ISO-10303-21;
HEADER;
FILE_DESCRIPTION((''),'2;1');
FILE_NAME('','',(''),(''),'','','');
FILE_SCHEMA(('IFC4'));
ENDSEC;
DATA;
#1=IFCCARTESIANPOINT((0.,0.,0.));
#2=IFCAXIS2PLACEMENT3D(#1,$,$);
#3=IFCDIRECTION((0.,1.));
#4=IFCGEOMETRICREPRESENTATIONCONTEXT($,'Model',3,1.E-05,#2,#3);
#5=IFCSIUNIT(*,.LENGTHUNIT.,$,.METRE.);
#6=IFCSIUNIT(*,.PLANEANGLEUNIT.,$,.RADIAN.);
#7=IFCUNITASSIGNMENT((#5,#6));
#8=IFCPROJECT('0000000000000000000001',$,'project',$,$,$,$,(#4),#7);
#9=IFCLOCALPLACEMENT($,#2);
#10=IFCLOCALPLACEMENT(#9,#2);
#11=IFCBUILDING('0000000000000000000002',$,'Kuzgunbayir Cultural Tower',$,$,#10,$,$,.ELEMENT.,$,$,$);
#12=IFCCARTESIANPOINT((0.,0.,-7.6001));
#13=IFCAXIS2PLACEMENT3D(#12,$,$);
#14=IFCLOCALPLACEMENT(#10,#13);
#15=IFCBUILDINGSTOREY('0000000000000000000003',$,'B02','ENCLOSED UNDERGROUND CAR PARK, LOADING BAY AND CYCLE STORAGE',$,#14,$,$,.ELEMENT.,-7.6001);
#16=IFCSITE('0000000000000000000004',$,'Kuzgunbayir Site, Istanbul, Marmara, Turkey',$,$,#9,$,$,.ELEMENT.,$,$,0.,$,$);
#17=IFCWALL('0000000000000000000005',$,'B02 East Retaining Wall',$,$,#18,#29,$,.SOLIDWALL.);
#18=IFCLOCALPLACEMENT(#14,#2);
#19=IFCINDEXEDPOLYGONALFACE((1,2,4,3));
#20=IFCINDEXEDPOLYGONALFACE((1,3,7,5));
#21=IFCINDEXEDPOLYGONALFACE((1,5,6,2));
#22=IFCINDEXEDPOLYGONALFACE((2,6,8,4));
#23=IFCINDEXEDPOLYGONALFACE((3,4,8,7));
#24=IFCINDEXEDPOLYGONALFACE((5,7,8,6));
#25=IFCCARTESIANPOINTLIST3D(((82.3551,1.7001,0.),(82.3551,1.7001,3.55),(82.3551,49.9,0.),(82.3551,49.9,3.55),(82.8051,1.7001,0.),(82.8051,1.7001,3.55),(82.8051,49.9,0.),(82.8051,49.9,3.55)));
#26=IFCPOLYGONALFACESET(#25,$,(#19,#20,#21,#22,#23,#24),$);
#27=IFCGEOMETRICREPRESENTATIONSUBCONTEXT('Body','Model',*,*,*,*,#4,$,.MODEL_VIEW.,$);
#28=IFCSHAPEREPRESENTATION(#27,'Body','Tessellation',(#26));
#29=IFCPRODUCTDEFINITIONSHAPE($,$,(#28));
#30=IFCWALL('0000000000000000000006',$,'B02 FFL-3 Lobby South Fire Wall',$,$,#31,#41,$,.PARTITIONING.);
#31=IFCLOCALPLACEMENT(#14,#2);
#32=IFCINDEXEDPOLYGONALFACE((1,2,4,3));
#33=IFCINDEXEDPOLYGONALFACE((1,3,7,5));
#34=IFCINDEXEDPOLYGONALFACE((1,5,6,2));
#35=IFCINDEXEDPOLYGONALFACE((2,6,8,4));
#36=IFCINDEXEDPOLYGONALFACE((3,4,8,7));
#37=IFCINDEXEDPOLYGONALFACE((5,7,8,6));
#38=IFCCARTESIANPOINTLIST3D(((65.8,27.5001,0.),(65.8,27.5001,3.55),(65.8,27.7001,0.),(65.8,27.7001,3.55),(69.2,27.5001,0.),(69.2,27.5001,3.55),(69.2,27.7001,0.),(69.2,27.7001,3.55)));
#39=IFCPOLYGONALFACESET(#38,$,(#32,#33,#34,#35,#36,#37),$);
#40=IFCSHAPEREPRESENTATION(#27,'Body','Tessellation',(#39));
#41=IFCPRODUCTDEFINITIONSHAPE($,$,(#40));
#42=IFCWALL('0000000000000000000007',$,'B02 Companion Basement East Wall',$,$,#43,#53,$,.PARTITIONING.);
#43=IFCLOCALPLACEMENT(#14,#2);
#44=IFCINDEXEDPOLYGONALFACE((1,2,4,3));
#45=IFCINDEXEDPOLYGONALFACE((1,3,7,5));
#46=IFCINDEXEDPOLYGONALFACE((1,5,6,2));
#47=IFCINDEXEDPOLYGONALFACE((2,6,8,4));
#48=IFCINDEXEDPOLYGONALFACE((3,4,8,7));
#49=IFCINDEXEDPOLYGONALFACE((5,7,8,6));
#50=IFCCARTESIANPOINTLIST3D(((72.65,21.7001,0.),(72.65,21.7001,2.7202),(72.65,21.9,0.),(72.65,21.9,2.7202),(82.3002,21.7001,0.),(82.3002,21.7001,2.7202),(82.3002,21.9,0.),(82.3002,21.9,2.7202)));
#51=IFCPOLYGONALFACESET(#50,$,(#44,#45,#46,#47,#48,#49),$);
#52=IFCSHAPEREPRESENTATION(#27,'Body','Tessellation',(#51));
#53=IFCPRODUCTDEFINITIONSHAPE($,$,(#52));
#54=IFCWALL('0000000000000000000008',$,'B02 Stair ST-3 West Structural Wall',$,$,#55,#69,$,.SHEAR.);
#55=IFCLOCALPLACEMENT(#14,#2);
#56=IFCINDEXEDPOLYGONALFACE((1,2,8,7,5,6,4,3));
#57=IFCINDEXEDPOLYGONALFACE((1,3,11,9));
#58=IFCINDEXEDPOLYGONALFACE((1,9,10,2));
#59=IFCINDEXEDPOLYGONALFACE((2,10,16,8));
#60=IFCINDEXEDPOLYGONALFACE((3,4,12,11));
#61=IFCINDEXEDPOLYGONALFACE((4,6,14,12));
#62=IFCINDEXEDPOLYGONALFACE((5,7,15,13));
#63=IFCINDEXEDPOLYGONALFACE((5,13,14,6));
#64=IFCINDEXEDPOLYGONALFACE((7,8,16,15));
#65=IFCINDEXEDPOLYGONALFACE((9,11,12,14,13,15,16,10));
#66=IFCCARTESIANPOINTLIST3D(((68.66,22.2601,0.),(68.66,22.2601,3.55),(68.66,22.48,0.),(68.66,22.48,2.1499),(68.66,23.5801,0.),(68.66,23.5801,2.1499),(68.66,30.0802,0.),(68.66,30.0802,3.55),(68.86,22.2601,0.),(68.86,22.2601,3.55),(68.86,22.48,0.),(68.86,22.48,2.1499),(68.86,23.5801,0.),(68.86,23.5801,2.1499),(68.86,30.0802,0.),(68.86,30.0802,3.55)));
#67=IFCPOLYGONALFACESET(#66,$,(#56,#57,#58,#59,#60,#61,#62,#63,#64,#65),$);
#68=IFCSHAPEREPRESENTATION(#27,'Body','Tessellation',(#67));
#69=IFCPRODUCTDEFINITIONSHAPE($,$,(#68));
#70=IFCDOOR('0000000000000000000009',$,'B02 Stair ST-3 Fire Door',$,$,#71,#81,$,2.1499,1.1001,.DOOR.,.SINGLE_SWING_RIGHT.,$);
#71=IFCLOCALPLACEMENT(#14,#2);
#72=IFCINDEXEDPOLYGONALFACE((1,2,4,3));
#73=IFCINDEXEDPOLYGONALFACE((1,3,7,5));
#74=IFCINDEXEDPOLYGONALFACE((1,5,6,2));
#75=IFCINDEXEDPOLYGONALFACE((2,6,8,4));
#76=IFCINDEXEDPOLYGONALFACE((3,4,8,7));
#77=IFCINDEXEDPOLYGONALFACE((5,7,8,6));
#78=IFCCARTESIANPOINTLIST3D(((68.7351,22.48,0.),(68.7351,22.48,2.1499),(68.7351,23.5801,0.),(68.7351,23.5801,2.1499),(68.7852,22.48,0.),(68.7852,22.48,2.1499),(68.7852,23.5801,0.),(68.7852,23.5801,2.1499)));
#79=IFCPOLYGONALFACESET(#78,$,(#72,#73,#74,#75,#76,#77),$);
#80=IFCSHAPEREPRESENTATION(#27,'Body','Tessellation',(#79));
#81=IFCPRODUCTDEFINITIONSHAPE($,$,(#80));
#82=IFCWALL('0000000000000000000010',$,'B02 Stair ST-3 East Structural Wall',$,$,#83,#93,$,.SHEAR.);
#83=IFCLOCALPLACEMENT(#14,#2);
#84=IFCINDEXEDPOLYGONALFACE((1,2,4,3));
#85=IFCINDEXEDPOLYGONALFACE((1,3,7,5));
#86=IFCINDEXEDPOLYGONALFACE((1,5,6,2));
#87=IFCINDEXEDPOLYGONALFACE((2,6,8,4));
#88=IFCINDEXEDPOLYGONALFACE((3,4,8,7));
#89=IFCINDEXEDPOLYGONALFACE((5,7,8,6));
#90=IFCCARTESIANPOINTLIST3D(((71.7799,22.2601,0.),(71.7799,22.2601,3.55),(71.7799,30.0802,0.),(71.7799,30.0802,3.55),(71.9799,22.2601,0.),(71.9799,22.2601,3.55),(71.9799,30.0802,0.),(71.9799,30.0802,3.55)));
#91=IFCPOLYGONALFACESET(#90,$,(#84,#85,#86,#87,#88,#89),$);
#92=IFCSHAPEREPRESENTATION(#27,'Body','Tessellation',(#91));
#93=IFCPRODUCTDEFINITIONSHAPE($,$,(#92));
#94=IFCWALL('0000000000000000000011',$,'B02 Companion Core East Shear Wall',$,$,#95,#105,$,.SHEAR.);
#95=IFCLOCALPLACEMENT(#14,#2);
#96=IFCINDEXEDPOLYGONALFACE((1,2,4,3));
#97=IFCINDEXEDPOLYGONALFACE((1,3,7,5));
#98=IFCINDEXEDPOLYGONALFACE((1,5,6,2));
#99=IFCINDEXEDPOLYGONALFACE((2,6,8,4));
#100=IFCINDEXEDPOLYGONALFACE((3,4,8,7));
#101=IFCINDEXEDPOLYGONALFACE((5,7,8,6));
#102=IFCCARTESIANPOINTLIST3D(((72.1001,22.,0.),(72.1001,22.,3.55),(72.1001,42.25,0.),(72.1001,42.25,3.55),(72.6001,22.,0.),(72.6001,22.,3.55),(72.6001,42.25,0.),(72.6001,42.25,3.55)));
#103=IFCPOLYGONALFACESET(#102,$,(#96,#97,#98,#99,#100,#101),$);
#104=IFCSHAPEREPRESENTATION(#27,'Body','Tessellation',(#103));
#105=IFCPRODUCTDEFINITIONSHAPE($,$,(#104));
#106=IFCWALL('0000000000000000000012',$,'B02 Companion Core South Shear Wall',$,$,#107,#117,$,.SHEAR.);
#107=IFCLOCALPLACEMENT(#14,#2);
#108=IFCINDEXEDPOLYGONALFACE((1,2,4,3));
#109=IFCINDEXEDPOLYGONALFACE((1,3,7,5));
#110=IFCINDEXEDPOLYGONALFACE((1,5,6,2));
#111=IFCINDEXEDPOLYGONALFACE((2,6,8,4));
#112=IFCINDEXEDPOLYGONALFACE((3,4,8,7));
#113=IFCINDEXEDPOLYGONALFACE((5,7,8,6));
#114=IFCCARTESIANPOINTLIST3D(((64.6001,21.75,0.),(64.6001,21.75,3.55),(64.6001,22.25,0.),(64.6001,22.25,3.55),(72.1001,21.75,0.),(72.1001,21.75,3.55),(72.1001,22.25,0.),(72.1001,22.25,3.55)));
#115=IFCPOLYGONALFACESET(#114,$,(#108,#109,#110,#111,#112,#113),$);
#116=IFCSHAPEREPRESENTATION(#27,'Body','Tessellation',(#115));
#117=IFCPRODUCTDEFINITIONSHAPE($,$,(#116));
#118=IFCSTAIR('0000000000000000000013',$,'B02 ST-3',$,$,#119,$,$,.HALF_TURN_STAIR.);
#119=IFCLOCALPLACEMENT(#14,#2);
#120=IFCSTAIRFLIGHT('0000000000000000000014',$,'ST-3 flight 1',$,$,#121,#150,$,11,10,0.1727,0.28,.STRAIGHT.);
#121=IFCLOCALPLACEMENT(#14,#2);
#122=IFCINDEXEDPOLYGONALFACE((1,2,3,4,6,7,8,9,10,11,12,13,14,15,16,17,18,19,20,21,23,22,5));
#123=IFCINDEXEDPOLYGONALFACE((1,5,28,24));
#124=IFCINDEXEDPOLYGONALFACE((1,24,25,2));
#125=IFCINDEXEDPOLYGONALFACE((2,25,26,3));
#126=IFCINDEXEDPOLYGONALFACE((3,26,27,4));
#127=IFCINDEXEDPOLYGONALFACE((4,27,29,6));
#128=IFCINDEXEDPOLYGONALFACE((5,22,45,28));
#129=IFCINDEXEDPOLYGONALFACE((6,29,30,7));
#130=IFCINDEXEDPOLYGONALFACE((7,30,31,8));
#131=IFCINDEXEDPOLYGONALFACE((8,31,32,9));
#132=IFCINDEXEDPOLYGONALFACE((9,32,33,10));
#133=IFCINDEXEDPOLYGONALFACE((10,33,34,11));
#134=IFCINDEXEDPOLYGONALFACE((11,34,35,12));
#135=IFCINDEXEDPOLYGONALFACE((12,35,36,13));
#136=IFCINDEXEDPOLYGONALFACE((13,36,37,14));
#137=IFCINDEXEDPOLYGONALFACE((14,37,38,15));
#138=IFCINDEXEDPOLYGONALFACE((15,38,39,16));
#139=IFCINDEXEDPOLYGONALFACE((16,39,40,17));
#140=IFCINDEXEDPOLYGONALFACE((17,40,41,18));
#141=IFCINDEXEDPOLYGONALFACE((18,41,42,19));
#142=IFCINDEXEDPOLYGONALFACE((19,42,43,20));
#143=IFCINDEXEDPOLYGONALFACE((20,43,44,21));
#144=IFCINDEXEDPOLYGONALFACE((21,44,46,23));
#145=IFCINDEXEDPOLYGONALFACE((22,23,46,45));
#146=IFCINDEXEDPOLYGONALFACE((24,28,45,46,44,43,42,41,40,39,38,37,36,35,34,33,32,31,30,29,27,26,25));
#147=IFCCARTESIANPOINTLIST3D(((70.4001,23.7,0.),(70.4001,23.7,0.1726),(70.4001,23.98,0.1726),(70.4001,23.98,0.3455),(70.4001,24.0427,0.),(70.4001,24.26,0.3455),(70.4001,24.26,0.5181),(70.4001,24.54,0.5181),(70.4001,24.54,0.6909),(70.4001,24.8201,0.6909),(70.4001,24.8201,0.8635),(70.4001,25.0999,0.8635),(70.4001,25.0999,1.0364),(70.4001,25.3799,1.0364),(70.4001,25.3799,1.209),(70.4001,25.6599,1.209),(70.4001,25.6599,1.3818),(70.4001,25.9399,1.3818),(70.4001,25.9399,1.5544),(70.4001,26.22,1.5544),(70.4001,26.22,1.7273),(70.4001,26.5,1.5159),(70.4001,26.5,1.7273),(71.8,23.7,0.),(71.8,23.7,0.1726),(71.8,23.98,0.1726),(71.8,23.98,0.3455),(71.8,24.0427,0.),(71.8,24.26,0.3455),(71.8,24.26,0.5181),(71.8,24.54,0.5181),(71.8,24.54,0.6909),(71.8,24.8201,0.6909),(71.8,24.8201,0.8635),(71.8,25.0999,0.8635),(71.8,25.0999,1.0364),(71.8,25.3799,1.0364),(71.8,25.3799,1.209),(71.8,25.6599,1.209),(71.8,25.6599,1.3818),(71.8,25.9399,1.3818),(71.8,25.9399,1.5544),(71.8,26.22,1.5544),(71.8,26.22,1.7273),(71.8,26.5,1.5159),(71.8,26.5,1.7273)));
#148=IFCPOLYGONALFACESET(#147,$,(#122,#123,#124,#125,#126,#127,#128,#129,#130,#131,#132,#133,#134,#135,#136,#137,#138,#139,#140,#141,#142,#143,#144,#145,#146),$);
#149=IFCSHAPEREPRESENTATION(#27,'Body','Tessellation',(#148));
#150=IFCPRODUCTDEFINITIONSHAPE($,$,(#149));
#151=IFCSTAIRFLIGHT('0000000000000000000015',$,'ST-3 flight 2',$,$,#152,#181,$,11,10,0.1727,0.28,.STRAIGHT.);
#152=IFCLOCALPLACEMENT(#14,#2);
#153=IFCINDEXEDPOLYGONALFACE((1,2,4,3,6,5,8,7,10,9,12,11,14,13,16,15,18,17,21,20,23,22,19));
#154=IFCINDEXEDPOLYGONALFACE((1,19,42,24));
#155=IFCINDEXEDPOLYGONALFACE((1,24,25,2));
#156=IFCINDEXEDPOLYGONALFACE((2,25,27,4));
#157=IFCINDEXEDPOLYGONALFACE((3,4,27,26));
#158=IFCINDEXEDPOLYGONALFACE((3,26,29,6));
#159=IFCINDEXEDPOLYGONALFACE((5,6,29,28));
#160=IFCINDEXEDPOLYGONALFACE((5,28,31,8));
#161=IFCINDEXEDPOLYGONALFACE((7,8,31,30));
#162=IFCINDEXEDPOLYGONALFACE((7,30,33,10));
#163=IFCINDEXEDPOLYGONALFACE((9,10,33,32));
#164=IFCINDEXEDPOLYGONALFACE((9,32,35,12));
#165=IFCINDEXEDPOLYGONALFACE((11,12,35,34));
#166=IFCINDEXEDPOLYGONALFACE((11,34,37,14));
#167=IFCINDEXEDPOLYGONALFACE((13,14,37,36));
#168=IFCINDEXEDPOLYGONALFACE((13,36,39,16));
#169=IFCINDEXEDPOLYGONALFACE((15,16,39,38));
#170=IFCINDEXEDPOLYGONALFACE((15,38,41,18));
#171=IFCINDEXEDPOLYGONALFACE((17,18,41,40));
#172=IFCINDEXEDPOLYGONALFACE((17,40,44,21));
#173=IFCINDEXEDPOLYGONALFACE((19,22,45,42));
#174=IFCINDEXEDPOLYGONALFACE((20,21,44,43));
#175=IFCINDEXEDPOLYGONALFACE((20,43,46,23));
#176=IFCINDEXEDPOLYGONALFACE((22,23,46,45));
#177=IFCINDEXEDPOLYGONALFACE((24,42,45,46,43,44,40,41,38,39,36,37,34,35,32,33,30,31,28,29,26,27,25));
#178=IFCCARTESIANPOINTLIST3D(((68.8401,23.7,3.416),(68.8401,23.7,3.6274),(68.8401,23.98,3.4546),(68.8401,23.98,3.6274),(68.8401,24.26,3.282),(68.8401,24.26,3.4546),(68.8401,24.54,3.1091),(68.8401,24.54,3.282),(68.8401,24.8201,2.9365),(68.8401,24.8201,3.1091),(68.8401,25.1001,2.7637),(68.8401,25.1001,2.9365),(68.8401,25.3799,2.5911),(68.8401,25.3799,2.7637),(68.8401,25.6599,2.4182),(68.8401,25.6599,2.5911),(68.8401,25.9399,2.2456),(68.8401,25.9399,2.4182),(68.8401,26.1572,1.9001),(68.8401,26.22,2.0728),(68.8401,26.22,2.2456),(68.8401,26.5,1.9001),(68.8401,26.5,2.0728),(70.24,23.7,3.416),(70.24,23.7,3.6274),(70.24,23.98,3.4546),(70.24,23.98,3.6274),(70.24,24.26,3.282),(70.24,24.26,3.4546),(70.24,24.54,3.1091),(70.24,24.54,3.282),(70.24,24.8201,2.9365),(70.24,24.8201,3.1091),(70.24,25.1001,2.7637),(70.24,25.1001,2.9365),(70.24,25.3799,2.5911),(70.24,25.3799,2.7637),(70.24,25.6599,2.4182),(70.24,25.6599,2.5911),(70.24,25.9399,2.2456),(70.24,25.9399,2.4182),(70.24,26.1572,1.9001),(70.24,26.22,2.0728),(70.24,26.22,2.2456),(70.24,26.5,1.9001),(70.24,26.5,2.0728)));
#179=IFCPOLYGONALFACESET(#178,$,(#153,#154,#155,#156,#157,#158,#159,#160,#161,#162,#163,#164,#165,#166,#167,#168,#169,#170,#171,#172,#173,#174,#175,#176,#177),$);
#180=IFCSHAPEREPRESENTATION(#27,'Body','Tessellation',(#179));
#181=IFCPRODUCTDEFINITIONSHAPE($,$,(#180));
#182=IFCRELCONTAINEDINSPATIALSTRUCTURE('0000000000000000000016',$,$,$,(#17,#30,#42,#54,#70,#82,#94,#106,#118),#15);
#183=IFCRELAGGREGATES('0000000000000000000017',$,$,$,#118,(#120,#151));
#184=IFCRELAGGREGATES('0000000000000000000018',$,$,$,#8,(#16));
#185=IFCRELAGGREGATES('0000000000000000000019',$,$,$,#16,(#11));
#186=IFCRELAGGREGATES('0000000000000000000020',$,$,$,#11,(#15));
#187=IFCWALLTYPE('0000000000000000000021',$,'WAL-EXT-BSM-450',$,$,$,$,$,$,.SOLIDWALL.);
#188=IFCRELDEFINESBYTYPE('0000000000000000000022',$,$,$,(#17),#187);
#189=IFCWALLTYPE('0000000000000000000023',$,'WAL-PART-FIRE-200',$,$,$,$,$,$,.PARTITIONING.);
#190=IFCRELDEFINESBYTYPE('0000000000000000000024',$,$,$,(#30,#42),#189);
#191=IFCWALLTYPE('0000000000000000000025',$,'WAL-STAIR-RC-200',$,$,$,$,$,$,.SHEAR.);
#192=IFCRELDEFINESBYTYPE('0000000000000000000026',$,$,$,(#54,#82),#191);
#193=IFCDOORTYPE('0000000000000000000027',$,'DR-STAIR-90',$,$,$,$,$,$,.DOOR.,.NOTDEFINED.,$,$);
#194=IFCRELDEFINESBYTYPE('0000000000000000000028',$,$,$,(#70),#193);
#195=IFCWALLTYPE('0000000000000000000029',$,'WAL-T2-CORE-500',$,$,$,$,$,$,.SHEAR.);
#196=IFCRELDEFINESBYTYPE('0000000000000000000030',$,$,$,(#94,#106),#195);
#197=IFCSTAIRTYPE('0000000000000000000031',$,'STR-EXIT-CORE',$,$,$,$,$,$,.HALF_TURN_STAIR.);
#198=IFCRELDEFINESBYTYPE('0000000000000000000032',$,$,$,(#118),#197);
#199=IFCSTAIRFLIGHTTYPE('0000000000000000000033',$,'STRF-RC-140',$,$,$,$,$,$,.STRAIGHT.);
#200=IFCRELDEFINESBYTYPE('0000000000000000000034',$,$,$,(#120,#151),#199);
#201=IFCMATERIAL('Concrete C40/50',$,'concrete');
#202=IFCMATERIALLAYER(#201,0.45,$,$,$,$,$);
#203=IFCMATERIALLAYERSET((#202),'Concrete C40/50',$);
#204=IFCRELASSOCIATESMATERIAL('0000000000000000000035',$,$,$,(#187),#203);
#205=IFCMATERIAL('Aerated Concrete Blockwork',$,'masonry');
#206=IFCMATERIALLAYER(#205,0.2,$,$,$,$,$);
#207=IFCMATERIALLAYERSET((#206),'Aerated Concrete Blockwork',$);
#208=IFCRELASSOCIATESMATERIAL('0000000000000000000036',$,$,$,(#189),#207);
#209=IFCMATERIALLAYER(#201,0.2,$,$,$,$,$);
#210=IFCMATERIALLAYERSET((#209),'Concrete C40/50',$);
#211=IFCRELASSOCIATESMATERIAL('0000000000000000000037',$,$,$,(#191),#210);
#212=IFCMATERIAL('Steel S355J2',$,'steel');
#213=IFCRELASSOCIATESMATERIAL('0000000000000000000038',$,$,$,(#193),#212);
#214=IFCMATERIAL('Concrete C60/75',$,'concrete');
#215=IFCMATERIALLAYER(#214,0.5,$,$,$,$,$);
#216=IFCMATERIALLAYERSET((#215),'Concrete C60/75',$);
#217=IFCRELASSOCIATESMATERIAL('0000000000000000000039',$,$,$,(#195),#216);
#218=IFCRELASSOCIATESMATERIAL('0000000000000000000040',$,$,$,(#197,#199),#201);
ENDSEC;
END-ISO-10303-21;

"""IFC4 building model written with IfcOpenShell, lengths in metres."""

from ifc_helpers import new_model, si_unit, direction, frame, frame_2d, origin, place, context, subcontext, project, spatial, polyline, rectangle, outline, extrude, material, layer, layer_set, type_object, element, fill, aggregate, save


model = new_model("IFC4")

# Units and contexts
model_context = context("Model", 3, precision=1e-05, world=origin(), true_north=direction((0.0, 1.0)))
body_context = subcontext(model_context, "Body", "Model", "MODEL_VIEW")
ifc_project = project(units=[si_unit("LENGTHUNIT", "METRE"), si_unit("PLANEANGLEUNIT", "RADIAN")], contexts=[model_context])

# Site, building, storey
site_placement = place(None, origin())
site = spatial("IfcSite", under=ifc_project, at=site_placement, Name="Kuzgunbayir Site, Istanbul, Marmara, Turkey", CompositionType="ELEMENT", RefElevation=0.0)
building_placement = place(site_placement, origin())
building = spatial("IfcBuilding", under=site, at=building_placement, Name="Kuzgunbayir Cultural Tower", CompositionType="ELEMENT")
storey_placement = place(building_placement, frame((0.0, 0.0, -7.6001)))
storey = spatial("IfcBuildingStorey", under=building, at=storey_placement, Name="B02", Description="ENCLOSED UNDERGROUND CAR PARK, LOADING BAY AND CYCLE STORAGE", CompositionType="ELEMENT", Elevation=-7.6001)

# Shared definitions
ifc_material_1 = material(Name="Concrete C60/75", Category="concrete")

# Wall
ifc_material_2 = material(Name="Concrete C40/50", Category="concrete")
ifc_layer_1 = layer(ifc_material_2, 0.45)
ifc_layer_set_1 = layer_set([ifc_layer_1], Name="Concrete C40/50")
wall_type_1 = type_object("IfcWallType", Name="WAL-EXT-BSM-450", PredefinedType="SOLIDWALL", material=ifc_layer_set_1)
wall_1_placement = place(storey_placement, frame((82.5801, 1.7, 0.0), z_axis=(0.0, 0.0, 1.0), x_axis=(0.0, 1.0, 0.0)))
element("IfcWall", 1, at=wall_1_placement, inside=storey, type_object=wall_type_1, Name="B02 East Retaining Wall", PredefinedType="SOLIDWALL", context=body_context, shape_type="SweptSolid", body=[
    extrude(rectangle(XDim=48.2, YDim=0.45, at=frame_2d((24.1001, 0.0))), origin(), (0.0, 0.0, 1.0), 3.55),
])

# Shared definitions
ifc_material_3 = material(Name="Aerated Concrete Blockwork", Category="masonry")
ifc_layer_2 = layer(ifc_material_3, 0.2)
ifc_layer_set_2 = layer_set([ifc_layer_2], Name="Aerated Concrete Blockwork")
wall_type_2 = type_object("IfcWallType", Name="WAL-PART-FIRE-200", PredefinedType="PARTITIONING", material=ifc_layer_set_2)
ifc_material_4 = material(Name="Steel S355J2", Category="steel")

# Walls
wall_2_placement = place(storey_placement, frame((65.8, 27.6001, 0.0), z_axis=(0.0, 0.0, 1.0), x_axis=(1.0, 0.0, 0.0)))
element("IfcWall", 2, at=wall_2_placement, inside=storey, type_object=wall_type_2, Name="B02 FFL-3 Lobby South Fire Wall", PredefinedType="PARTITIONING", context=body_context, shape_type="SweptSolid", body=[
    extrude(rectangle(XDim=3.3999, YDim=0.2, at=frame_2d((1.7, 0.0))), origin(), (0.0, 0.0, 1.0), 3.55),
])
wall_3_placement = place(storey_placement, frame((72.6499, 21.8, 0.0), z_axis=(0.0, 0.0, 1.0), x_axis=(1.0, 0.0, 0.0)))
element("IfcWall", 3, at=wall_3_placement, inside=storey, type_object=wall_type_2, Name="B02 Companion Basement East Wall", PredefinedType="PARTITIONING", context=body_context, shape_type="SweptSolid", body=[
    extrude(rectangle(XDim=9.6501, YDim=0.2, at=frame_2d((4.8252, 0.0))), origin(), (0.0, 0.0, 1.0), 2.7202),
])

# Wall, opening, door
ifc_layer_3 = layer(ifc_material_2, 0.2)
ifc_layer_set_3 = layer_set([ifc_layer_3], Name="Concrete C40/50")
wall_type_3 = type_object("IfcWallType", Name="WAL-STAIR-RC-200", PredefinedType="SHEAR", material=ifc_layer_set_3)
wall_4_placement = place(storey_placement, frame((68.76, 22.26, 0.0), z_axis=(0.0, 0.0, 1.0), x_axis=(0.0, 1.0, 0.0)))
wall_4 = element("IfcWall", 4, at=wall_4_placement, inside=storey, type_object=wall_type_3, Name="B02 Stair ST-3 West Structural Wall", PredefinedType="SHEAR", context=body_context, shape_type="SweptSolid", body=[
    extrude(rectangle(XDim=7.8201, YDim=0.2, at=frame_2d((3.9102, 0.0))), origin(), (0.0, 0.0, 1.0), 3.55),
])
opening_1_placement = place(wall_4_placement, frame((0.22, 0.0, 0.0)))
opening_1 = element("IfcOpeningElement", 5, at=opening_1_placement, cuts=wall_4, PredefinedType="OPENING", context=body_context, shape_type="SweptSolid", body=[
    extrude(rectangle(XDim=1.1001, YDim=2.1499, at=frame_2d((0.55, 1.075))), frame((0.0, 0.1099, 0.0), z_axis=(0.0, -1.0, 0.0), x_axis=(1.0, 0.0, 0.0)), (0.0, 0.0, 1.0), 0.22),
])
door_type_1 = type_object("IfcDoorType", Name="DR-STAIR-90", OperationType="NOTDEFINED", PredefinedType="DOOR", material=ifc_material_4)
door_1_placement = place(opening_1_placement, origin())
door_1 = element("IfcDoor", 6, at=door_1_placement, inside=storey, type_object=door_type_1, Name="B02 Stair ST-3 Fire Door", OperationType="SINGLE_SWING_RIGHT", OverallHeight=2.1499, OverallWidth=1.1001, PredefinedType="DOOR", context=body_context, shape_type="SweptSolid", body=[
    extrude(rectangle(XDim=1.1001, YDim=2.1499, at=frame_2d((0.55, 1.075))), frame((0.0, 0.0249, 0.0), z_axis=(0.0, -1.0, 0.0), x_axis=(1.0, 0.0, 0.0)), (0.0, 0.0, 1.0), 0.05),
])
fill(opening_1, door_1)

# Walls
wall_5_placement = place(storey_placement, frame((71.8799, 22.26, 0.0), z_axis=(0.0, 0.0, 1.0), x_axis=(0.0, 1.0, 0.0)))
element("IfcWall", 7, at=wall_5_placement, inside=storey, type_object=wall_type_3, Name="B02 Stair ST-3 East Structural Wall", PredefinedType="SHEAR", context=body_context, shape_type="SweptSolid", body=[
    extrude(rectangle(XDim=7.8201, YDim=0.2, at=frame_2d((3.9102, 0.0))), origin(), (0.0, 0.0, 1.0), 3.55),
])
ifc_layer_4 = layer(ifc_material_1, 0.5)
ifc_layer_set_4 = layer_set([ifc_layer_4], Name="Concrete C60/75")
wall_type_4 = type_object("IfcWallType", Name="WAL-T2-CORE-500", PredefinedType="SHEAR", material=ifc_layer_set_4)
wall_6_placement = place(storey_placement, frame((72.3501, 22.0, 0.0), z_axis=(0.0, 0.0, 1.0), x_axis=(0.0, 1.0, 0.0)))
element("IfcWall", 8, at=wall_6_placement, inside=storey, type_object=wall_type_4, Name="B02 Companion Core East Shear Wall", PredefinedType="SHEAR", context=body_context, shape_type="SweptSolid", body=[
    extrude(rectangle(XDim=20.25, YDim=0.5, at=frame_2d((10.125, 0.0))), origin(), (0.0, 0.0, 1.0), 3.55),
])
wall_7_placement = place(storey_placement, frame((64.6001, 22.0, 0.0), z_axis=(0.0, 0.0, 1.0), x_axis=(1.0, 0.0, 0.0)))
element("IfcWall", 9, at=wall_7_placement, inside=storey, type_object=wall_type_4, Name="B02 Companion Core South Shear Wall", PredefinedType="SHEAR", context=body_context, shape_type="SweptSolid", body=[
    extrude(rectangle(XDim=7.5, YDim=0.5, at=frame_2d((3.75, 0.0))), origin(), (0.0, 0.0, 1.0), 3.55),
])

# Stair, stair flights
stair_type = type_object("IfcStairType", Name="STR-EXIT-CORE", PredefinedType="HALF_TURN_STAIR", material=ifc_material_2)
stair_placement = place(storey_placement, origin())
stair = element("IfcStair", 10, at=stair_placement, inside=storey, type_object=stair_type, Name="B02 ST-3", PredefinedType="HALF_TURN_STAIR")
stair_flight_type = type_object("IfcStairFlightType", Name="STRF-RC-140", PredefinedType="STRAIGHT", material=ifc_material_2)
stair_flight_1_placement = place(storey_placement, frame((71.1001, 23.7, 0.0), z_axis=(0.0, 0.0, 1.0), x_axis=(0.0, 1.0, 0.0)))
stair_flight_1 = element("IfcStairFlight", 11, at=stair_flight_1_placement, type_object=stair_flight_type, Name="ST-3 flight 1", NumberOfRisers=11, NumberOfTreads=10, PredefinedType="STRAIGHT", RiserHeight=0.1727, TreadLength=0.28, context=body_context, shape_type="SweptSolid", body=[
    extrude(outline(polyline([(0.0, 0.0), (0.0, 0.1726), (0.28, 0.1726), (0.28, 0.3455), (0.5601, 0.3455), (0.5601, 0.5181), (0.8401, 0.5181), (0.8401, 0.6909), (1.1201, 0.6909), (1.1201, 0.8635), (1.3999, 0.8635), (1.3999, 1.0364), (1.6799, 1.0364), (1.6799, 1.209), (1.96, 1.209), (1.96, 1.3818), (2.24, 1.3818), (2.24, 1.5544), (2.52, 1.5544), (2.52, 1.7273), (2.8, 1.7273), (2.8, 1.8999), (2.8, 1.5159), (0.3428, 0.0), (0.0, 0.0)])), frame((0.0, 0.7, 0.0), z_axis=(0.0, -1.0, 0.0), x_axis=(1.0, 0.0, 0.0)), (0.0, 0.0, 1.0), 1.3999),
])
stair_flight_2_placement = place(storey_placement, frame((69.54, 26.5, 1.9001), z_axis=(0.0, 0.0, 1.0), x_axis=(0.0, -1.0, 0.0)))
stair_flight_2 = element("IfcStairFlight", 12, at=stair_flight_2_placement, type_object=stair_flight_type, Name="ST-3 flight 2", NumberOfRisers=11, NumberOfTreads=10, PredefinedType="STRAIGHT", RiserHeight=0.1727, TreadLength=0.28, context=body_context, shape_type="SweptSolid", body=[
    extrude(outline(polyline([(0.0, 0.0), (0.0, 0.1726), (0.28, 0.1726), (0.28, 0.3455), (0.5601, 0.3455), (0.5601, 0.5181), (0.8401, 0.5181), (0.8401, 0.6909), (1.1201, 0.6909), (1.1201, 0.8635), (1.3999, 0.8635), (1.3999, 1.0364), (1.6799, 1.0364), (1.6799, 1.209), (1.96, 1.209), (1.96, 1.3818), (2.24, 1.3818), (2.24, 1.5544), (2.52, 1.5544), (2.52, 1.7273), (2.8, 1.7273), (2.8, 1.8999), (2.8, 1.5159), (0.3428, 0.0), (0.0, 0.0)])), frame((0.0, 0.7, 0.0), z_axis=(0.0, -1.0, 0.0), x_axis=(1.0, 0.0, 0.0)), (0.0, 0.0, 1.0), 1.3999),
])
aggregate(stair, [stair_flight_1, stair_flight_2])

save(model, "model.ifc")
